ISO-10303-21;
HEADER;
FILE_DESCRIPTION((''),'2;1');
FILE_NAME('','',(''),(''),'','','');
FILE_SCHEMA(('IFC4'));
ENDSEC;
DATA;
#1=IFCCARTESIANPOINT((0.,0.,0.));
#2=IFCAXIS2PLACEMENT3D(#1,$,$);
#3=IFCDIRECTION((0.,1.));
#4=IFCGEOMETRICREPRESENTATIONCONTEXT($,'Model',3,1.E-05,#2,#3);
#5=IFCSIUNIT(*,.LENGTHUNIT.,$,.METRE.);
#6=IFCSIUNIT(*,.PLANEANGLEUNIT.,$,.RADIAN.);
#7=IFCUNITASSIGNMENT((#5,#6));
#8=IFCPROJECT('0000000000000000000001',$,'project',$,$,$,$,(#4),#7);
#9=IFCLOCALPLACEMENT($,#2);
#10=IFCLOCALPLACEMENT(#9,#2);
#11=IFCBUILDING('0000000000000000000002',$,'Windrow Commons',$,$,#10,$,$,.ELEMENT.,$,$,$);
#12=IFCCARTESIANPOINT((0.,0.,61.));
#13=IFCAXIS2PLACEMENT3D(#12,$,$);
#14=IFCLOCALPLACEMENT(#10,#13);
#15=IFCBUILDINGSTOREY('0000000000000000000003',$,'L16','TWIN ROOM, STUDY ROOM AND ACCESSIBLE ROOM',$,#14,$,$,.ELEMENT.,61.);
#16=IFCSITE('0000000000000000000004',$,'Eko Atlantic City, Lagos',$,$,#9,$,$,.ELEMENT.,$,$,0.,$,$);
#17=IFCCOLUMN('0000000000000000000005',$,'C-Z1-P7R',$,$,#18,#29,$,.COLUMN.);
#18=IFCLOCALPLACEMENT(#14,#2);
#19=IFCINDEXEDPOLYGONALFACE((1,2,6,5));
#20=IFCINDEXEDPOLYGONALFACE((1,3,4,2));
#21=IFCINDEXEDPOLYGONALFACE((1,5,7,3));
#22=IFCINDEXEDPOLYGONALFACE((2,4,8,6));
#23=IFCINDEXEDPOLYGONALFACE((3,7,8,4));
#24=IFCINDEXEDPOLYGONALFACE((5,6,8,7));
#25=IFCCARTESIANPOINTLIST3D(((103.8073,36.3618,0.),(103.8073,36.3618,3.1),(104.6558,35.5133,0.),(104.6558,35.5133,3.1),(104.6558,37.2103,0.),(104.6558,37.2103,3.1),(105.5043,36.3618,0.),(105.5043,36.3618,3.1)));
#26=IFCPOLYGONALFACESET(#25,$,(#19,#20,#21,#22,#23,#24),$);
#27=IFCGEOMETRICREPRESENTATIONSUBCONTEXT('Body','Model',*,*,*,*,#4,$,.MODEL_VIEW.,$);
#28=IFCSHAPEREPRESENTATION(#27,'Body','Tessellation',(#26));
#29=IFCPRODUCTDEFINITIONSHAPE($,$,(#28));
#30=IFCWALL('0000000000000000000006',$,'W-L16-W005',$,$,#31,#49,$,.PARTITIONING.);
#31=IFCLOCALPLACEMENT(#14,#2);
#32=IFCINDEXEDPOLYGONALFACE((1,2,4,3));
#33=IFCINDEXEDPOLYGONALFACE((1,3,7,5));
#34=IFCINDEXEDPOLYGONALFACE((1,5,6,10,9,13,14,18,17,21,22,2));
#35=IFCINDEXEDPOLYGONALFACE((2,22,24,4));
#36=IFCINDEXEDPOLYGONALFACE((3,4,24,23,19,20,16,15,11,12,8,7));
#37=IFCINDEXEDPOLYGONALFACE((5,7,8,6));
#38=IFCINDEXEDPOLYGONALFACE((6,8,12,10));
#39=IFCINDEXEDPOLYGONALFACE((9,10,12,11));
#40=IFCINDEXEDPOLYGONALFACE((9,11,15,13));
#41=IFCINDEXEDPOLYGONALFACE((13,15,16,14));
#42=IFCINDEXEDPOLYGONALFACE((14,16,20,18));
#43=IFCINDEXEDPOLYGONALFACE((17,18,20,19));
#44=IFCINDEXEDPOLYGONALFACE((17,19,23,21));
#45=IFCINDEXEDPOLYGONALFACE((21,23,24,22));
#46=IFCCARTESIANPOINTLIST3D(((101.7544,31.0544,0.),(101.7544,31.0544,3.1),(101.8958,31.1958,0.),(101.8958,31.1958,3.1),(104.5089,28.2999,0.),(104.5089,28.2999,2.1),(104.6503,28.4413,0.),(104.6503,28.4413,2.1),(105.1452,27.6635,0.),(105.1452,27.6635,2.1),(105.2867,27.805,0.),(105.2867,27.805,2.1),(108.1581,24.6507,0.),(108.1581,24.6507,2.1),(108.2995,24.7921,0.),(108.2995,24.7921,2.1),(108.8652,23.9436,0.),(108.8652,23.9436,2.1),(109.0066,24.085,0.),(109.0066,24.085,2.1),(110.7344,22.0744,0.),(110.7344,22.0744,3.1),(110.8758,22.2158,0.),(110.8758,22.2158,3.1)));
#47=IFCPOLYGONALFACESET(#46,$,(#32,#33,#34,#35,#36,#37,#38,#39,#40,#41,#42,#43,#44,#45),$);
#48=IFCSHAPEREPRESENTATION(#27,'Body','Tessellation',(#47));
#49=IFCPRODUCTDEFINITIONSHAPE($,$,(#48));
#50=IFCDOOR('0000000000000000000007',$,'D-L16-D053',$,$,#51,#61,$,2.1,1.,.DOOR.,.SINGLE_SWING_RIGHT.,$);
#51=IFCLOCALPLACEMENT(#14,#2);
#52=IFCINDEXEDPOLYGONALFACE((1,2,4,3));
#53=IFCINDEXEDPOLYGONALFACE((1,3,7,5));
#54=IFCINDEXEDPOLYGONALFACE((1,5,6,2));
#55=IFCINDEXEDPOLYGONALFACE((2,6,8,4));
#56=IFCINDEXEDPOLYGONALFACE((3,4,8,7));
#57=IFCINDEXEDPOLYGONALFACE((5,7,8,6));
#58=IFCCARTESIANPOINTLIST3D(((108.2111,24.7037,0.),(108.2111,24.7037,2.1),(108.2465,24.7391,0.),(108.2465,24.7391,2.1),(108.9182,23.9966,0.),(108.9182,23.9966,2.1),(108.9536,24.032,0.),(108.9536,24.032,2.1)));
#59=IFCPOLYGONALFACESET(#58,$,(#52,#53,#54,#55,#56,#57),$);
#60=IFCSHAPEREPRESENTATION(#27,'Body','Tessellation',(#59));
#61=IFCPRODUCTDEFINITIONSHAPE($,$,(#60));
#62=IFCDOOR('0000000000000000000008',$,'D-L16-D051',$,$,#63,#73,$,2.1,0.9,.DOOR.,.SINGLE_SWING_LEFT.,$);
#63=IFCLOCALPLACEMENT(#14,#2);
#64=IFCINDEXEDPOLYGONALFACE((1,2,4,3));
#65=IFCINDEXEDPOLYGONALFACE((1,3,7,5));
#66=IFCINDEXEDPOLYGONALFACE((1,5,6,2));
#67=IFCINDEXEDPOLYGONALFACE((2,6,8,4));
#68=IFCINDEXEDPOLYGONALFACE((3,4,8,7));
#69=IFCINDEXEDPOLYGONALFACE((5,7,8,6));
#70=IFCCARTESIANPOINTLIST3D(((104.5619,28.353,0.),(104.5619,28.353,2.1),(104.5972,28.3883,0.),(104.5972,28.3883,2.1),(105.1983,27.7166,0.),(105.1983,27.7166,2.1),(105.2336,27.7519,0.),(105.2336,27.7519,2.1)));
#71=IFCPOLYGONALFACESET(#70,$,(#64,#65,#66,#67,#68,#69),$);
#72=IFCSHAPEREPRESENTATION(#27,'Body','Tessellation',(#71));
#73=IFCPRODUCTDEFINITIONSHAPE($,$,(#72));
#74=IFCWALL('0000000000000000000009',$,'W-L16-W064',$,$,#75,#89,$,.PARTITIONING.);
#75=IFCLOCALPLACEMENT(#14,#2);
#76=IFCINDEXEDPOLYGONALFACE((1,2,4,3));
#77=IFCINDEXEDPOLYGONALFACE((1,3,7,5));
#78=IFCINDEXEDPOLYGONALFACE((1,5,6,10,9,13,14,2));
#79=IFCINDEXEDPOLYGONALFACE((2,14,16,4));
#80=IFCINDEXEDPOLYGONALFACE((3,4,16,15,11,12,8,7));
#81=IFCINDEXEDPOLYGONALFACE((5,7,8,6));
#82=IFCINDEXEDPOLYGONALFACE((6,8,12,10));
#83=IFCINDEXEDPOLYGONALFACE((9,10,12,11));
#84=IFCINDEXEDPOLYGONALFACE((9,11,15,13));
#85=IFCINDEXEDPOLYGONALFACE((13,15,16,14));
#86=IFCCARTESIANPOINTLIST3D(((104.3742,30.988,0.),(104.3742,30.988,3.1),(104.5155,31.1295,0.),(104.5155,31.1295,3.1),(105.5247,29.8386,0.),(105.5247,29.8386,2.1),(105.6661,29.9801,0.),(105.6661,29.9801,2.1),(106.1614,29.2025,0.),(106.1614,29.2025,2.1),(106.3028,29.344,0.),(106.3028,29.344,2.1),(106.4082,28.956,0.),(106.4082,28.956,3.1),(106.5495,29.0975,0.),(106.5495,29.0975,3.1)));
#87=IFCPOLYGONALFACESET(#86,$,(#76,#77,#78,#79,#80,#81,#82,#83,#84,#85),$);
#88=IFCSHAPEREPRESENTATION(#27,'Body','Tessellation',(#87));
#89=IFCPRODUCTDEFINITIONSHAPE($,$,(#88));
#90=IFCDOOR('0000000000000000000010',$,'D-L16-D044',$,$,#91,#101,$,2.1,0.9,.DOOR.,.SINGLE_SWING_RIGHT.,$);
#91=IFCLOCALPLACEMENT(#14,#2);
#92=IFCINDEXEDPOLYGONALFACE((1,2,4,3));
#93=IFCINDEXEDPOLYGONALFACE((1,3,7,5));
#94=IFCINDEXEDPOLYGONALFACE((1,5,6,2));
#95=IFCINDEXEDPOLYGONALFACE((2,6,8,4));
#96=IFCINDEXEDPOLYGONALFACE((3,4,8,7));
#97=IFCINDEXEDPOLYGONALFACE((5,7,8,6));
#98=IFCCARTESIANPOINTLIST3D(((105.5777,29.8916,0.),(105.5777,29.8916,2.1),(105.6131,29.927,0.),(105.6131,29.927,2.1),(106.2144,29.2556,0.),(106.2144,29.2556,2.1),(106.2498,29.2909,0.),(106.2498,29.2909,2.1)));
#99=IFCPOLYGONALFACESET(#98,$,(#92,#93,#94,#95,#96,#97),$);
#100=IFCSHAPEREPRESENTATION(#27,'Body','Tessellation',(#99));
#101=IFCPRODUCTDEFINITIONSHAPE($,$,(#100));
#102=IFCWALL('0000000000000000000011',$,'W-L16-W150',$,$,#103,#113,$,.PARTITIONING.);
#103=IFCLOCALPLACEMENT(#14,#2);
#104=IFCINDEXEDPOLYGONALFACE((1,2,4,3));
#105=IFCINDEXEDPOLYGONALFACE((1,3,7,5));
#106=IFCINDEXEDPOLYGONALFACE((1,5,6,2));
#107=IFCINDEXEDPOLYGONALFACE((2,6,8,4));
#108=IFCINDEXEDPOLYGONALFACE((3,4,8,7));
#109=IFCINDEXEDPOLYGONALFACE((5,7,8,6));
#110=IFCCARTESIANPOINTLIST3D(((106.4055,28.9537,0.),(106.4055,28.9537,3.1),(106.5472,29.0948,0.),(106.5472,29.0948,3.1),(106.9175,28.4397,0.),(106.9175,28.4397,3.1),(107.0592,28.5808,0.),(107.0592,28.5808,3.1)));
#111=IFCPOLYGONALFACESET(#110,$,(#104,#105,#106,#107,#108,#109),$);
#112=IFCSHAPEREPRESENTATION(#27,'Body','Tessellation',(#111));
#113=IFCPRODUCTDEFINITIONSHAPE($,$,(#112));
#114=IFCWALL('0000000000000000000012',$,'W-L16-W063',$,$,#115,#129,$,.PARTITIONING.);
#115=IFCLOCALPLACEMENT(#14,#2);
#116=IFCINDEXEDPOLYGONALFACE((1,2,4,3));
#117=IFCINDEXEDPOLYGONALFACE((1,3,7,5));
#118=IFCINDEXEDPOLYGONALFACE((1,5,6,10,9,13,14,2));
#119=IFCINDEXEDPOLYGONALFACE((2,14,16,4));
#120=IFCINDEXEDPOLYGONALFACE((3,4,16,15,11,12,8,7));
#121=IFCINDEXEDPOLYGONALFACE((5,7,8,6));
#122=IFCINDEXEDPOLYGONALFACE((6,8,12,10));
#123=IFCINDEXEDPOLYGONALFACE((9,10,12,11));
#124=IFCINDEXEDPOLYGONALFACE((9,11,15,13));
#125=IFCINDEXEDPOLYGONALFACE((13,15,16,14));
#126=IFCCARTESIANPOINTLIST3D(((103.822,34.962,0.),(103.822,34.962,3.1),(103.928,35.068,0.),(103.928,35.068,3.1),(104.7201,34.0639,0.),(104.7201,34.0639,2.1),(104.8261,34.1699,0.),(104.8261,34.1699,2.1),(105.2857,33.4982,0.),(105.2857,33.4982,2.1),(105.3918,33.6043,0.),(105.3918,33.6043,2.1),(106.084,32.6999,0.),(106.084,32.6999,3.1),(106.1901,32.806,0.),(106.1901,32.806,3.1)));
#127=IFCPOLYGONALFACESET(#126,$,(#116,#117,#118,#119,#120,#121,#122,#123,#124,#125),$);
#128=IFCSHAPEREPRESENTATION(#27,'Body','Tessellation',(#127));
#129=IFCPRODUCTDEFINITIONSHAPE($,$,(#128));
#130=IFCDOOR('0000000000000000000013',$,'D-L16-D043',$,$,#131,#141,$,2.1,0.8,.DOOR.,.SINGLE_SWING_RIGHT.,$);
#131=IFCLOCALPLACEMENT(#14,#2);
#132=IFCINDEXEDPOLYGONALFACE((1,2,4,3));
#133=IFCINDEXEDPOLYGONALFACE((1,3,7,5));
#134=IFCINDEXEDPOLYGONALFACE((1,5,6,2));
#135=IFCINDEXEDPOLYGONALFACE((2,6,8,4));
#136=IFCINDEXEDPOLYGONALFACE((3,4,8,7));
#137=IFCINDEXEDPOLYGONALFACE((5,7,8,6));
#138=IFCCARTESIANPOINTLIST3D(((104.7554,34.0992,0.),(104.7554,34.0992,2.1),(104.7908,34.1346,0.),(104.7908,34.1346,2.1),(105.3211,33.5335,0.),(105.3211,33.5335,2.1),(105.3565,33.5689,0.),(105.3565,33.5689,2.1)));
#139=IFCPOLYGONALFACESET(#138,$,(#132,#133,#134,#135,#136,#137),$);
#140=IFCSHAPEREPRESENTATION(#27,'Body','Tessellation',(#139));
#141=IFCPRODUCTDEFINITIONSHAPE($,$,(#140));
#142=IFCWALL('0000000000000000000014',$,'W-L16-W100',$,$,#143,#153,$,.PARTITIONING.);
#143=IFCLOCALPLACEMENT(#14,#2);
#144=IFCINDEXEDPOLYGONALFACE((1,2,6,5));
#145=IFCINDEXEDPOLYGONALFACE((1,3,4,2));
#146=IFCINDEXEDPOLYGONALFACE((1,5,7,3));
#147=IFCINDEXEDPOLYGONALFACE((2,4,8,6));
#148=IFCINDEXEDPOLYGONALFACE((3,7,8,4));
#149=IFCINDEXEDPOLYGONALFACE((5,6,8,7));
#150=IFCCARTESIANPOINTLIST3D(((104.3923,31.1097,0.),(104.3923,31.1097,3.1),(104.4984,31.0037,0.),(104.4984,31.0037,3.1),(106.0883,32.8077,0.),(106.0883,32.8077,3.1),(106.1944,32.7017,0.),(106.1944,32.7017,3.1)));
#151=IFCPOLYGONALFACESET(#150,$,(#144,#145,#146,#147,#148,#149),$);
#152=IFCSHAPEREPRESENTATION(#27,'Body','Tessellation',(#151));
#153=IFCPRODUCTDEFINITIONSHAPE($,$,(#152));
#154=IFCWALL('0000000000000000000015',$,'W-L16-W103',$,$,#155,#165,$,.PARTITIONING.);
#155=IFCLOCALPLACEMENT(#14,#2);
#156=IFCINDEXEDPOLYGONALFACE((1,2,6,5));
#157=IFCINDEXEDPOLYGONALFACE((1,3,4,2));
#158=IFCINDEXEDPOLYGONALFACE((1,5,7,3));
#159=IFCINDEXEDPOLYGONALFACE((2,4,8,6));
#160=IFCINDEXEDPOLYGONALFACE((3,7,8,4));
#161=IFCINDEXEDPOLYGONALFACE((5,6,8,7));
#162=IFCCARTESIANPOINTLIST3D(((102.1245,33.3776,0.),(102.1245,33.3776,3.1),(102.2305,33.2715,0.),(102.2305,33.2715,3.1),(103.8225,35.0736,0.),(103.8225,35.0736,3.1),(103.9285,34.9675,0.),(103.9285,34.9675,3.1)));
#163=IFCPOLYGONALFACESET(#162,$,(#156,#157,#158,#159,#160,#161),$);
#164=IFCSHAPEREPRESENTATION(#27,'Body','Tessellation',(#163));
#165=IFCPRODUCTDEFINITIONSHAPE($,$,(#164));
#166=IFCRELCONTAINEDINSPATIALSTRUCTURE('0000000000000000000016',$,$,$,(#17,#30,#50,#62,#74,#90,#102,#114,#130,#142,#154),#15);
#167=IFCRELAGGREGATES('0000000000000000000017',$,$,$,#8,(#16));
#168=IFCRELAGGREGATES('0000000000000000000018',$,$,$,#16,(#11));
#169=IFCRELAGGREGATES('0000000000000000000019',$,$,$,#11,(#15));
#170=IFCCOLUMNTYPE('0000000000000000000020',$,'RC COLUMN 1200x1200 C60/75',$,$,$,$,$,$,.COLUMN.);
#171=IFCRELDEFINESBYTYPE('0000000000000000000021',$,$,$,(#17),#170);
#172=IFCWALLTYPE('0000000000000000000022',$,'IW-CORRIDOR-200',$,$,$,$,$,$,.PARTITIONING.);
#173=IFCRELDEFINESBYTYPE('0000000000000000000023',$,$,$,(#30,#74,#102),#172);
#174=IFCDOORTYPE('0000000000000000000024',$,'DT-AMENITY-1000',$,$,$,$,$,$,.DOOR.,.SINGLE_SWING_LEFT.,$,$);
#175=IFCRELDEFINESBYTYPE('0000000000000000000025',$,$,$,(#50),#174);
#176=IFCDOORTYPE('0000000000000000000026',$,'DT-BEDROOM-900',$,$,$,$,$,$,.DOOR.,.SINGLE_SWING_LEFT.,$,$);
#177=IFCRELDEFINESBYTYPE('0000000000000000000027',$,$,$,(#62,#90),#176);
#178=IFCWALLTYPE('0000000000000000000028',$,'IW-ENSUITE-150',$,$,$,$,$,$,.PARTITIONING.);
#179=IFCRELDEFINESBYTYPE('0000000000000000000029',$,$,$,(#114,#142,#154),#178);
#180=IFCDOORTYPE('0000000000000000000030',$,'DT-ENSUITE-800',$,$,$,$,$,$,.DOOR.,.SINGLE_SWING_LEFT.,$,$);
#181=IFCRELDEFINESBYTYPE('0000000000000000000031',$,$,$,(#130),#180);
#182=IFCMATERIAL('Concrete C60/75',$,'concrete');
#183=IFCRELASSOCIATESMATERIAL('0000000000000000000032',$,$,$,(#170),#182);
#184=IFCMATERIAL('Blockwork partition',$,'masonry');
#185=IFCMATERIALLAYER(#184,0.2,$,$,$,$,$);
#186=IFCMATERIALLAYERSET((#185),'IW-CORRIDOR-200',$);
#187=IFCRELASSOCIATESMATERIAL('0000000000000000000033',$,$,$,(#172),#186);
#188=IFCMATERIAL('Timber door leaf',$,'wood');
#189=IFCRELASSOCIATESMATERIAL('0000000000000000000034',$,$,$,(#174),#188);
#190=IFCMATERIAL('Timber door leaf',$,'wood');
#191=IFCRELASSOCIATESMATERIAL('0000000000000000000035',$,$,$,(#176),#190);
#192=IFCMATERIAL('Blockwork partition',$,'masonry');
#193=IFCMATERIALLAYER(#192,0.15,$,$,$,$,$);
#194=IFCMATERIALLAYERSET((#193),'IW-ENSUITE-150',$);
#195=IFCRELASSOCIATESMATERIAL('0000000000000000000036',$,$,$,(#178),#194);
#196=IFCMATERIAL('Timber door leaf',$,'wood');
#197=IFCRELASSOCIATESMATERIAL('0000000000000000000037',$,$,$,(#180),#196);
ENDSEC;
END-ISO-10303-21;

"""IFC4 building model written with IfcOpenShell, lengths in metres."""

from ifc_helpers import new_model, si_unit, direction, frame, frame_2d, origin, origin_2d, place, context, subcontext, project, spatial, rectangle, extrude, material, layer, layer_set, material_profile, profile_set, type_object, element, fill, save


model = new_model("IFC4")

# Units and contexts
model_context = context("Model", 3, precision=1e-05, world=origin(), true_north=direction((0.0, 1.0)))
body_context = subcontext(model_context, "Body", "Model", "MODEL_VIEW")
ifc_project = project(units=[si_unit("LENGTHUNIT", "METRE"), si_unit("PLANEANGLEUNIT", "RADIAN")], contexts=[model_context])

# Site, building, storey
site_placement = place(None, origin())
site = spatial("IfcSite", under=ifc_project, at=site_placement, Name="Eko Atlantic City, Lagos", CompositionType="ELEMENT", RefElevation=0.0)
building_placement = place(site_placement, origin())
building = spatial("IfcBuilding", under=site, at=building_placement, Name="Windrow Commons", CompositionType="ELEMENT")
storey_placement = place(building_placement, frame((0.0, 0.0, 61.0)))
storey = spatial("IfcBuildingStorey", under=building, at=storey_placement, Name="L16", Description="TWIN ROOM, STUDY ROOM AND ACCESSIBLE ROOM", CompositionType="ELEMENT", Elevation=61.0)

# Column
ifc_material_1 = material(Name="Concrete C60/75", Category="concrete")
ifc_material_profile = material_profile(ifc_material_1, rectangle(XDim=1.2, YDim=1.2, at=origin_2d()))
ifc_profile_set = profile_set([ifc_material_profile], Name="Concrete C60/75")
column_type = type_object("IfcColumnType", Name="RC COLUMN 1200x1200 C60/75", PredefinedType="COLUMN", material=ifc_profile_set)
column_placement = place(storey_placement, frame((104.6558, 36.3618, 0.0), z_axis=(0.0, 0.0, 1.0), x_axis=(0.707107, -0.707107, 0.0)))
element("IfcColumn", 1, at=column_placement, inside=storey, type_object=column_type, Name="C-Z1-P7R", PredefinedType="COLUMN", context=body_context, shape_type="SweptSolid", body=[
    extrude(rectangle(XDim=1.2, YDim=1.2, at=origin_2d()), origin(), (0.0, 0.0, 1.0), 3.1),
])

# Wall, openings, doors
ifc_material_2 = material(Name="Blockwork partition", Category="masonry")
ifc_layer_1 = layer(ifc_material_2, 0.2)
ifc_layer_set_1 = layer_set([ifc_layer_1], Name="IW-CORRIDOR-200")
wall_type_1 = type_object("IfcWallType", Name="IW-CORRIDOR-200", PredefinedType="PARTITIONING", material=ifc_layer_set_1)
wall_1_placement = place(storey_placement, frame((101.8251, 31.1251, 0.0), z_axis=(0.0, 0.0, 1.0), x_axis=(0.707107, -0.707107, 0.0)))
wall_1 = element("IfcWall", 2, at=wall_1_placement, inside=storey, type_object=wall_type_1, Name="W-L16-W005", PredefinedType="PARTITIONING", context=body_context, shape_type="SweptSolid", body=[
    extrude(rectangle(XDim=12.6996, YDim=0.2, at=frame_2d((6.3498, 0.0))), origin(), (0.0, 0.0, 1.0), 3.1),
])
opening_1_placement = place(wall_1_placement, frame((3.8954, 0.0, 0.0)))
opening_1 = element("IfcOpeningElement", 3, at=opening_1_placement, cuts=wall_1, PredefinedType="OPENING", context=body_context, shape_type="SweptSolid", body=[
    extrude(rectangle(XDim=0.9, YDim=2.1, at=frame_2d((0.45, 1.05))), frame((0.0, 0.11, 0.0), z_axis=(0.0, -1.0, 0.0), x_axis=(1.0, 0.0, 0.0)), (0.0, 0.0, 1.0), 0.22),
])
opening_2_placement = place(wall_1_placement, frame((9.0562, 0.0, 0.0)))
opening_2 = element("IfcOpeningElement", 4, at=opening_2_placement, cuts=wall_1, PredefinedType="OPENING", context=body_context, shape_type="SweptSolid", body=[
    extrude(rectangle(XDim=1.0, YDim=2.1, at=frame_2d((0.5, 1.05))), frame((0.0, 0.11, 0.0), z_axis=(0.0, -1.0, 0.0), x_axis=(1.0, 0.0, 0.0)), (0.0, 0.0, 1.0), 0.22),
])
ifc_material_3 = material(Name="Timber door leaf", Category="wood")
door_type_1 = type_object("IfcDoorType", Name="DT-AMENITY-1000", OperationType="SINGLE_SWING_LEFT", PredefinedType="DOOR", material=ifc_material_3)
door_1_placement = place(opening_2_placement, origin())
door_1 = element("IfcDoor", 5, at=door_1_placement, inside=storey, type_object=door_type_1, Name="D-L16-D053", OperationType="SINGLE_SWING_RIGHT", OverallHeight=2.1, OverallWidth=1.0, PredefinedType="DOOR", context=body_context, shape_type="SweptSolid", body=[
    extrude(rectangle(XDim=1.0, YDim=2.1, at=frame_2d((0.5, 1.05))), frame((0.0, 0.025, 0.0), z_axis=(0.0, -1.0, 0.0), x_axis=(1.0, 0.0, 0.0)), (0.0, 0.0, 1.0), 0.05),
])
fill(opening_2, door_1)
ifc_material_4 = material(Name="Timber door leaf", Category="wood")
door_type_2 = type_object("IfcDoorType", Name="DT-BEDROOM-900", OperationType="SINGLE_SWING_LEFT", PredefinedType="DOOR", material=ifc_material_4)
door_2_placement = place(opening_1_placement, origin())
door_2 = element("IfcDoor", 6, at=door_2_placement, inside=storey, type_object=door_type_2, Name="D-L16-D051", OperationType="SINGLE_SWING_LEFT", OverallHeight=2.1, OverallWidth=0.9, PredefinedType="DOOR", context=body_context, shape_type="SweptSolid", body=[
    extrude(rectangle(XDim=0.9, YDim=2.1, at=frame_2d((0.45, 1.05))), frame((0.0, 0.025, 0.0), z_axis=(0.0, -1.0, 0.0), x_axis=(1.0, 0.0, 0.0)), (0.0, 0.0, 1.0), 0.05),
])
fill(opening_1, door_2)

# Wall, opening, door
wall_2_placement = place(storey_placement, frame((104.4448, 31.0588, 0.0), z_axis=(0.0, 0.0, 1.0), x_axis=(0.707455, -0.706759, 0.0)))
wall_2 = element("IfcWall", 7, at=wall_2_placement, inside=storey, type_object=wall_type_1, Name="W-L16-W064", PredefinedType="PARTITIONING", context=body_context, shape_type="SweptSolid", body=[
    extrude(rectangle(XDim=2.8751, YDim=0.2, at=frame_2d((1.4376, 0.0))), origin(), (0.0, 0.0, 1.0), 3.1),
])
opening_3_placement = place(wall_2_placement, frame((1.6264, 0.0, 0.0)))
opening_3 = element("IfcOpeningElement", 8, at=opening_3_placement, cuts=wall_2, PredefinedType="OPENING", context=body_context, shape_type="SweptSolid", body=[
    extrude(rectangle(XDim=0.9, YDim=2.1, at=frame_2d((0.45, 1.05))), frame((0.0, 0.11, 0.0), z_axis=(0.0, -1.0, 0.0), x_axis=(1.0, 0.0, 0.0)), (0.0, 0.0, 1.0), 0.22),
])
door_3_placement = place(opening_3_placement, origin())
door_3 = element("IfcDoor", 9, at=door_3_placement, inside=storey, type_object=door_type_2, Name="D-L16-D044", OperationType="SINGLE_SWING_RIGHT", OverallHeight=2.1, OverallWidth=0.9, PredefinedType="DOOR", context=body_context, shape_type="SweptSolid", body=[
    extrude(rectangle(XDim=0.9, YDim=2.1, at=frame_2d((0.45, 1.05))), frame((0.0, 0.025, 0.0), z_axis=(0.0, -1.0, 0.0), x_axis=(1.0, 0.0, 0.0)), (0.0, 0.0, 1.0), 0.05),
])
fill(opening_3, door_3)

# Wall
wall_3_placement = place(storey_placement, frame((106.4763, 29.0243, 0.0), z_axis=(0.0, 0.0, 1.0), x_axis=(0.705727, -0.708484, 0.0)))
element("IfcWall", 10, at=wall_3_placement, inside=storey, type_object=wall_type_1, Name="W-L16-W150", PredefinedType="PARTITIONING", context=body_context, shape_type="SweptSolid", body=[
    extrude(rectangle(XDim=0.7255, YDim=0.2, at=frame_2d((0.3628, 0.0))), origin(), (0.0, 0.0, 1.0), 3.1),
])

# Wall, opening, door
ifc_material_5 = material(Name="Blockwork partition", Category="masonry")
ifc_layer_2 = layer(ifc_material_5, 0.15)
ifc_layer_set_2 = layer_set([ifc_layer_2], Name="IW-ENSUITE-150")
wall_type_2 = type_object("IfcWallType", Name="IW-ENSUITE-150", PredefinedType="PARTITIONING", material=ifc_layer_set_2)
wall_4_placement = place(storey_placement, frame((103.875, 35.015, 0.0), z_axis=(0.0, 0.0, 1.0), x_axis=(0.707107, -0.707107, 0.0)))
wall_4 = element("IfcWall", 11, at=wall_4_placement, inside=storey, type_object=wall_type_2, Name="W-L16-W063", PredefinedType="PARTITIONING", context=body_context, shape_type="SweptSolid", body=[
    extrude(rectangle(XDim=3.199, YDim=0.15, at=frame_2d((1.5995, 0.0))), origin(), (0.0, 0.0, 1.0), 3.1),
])
opening_4_placement = place(wall_4_placement, frame((1.2701, 0.0, 0.0)))
opening_4 = element("IfcOpeningElement", 12, at=opening_4_placement, cuts=wall_4, PredefinedType="OPENING", context=body_context, shape_type="SweptSolid", body=[
    extrude(rectangle(XDim=0.8, YDim=2.1, at=frame_2d((0.4, 1.05))), frame((0.0, 0.085, 0.0), z_axis=(0.0, -1.0, 0.0), x_axis=(1.0, 0.0, 0.0)), (0.0, 0.0, 1.0), 0.17),
])
ifc_material_6 = material(Name="Timber door leaf", Category="wood")
door_type_3 = type_object("IfcDoorType", Name="DT-ENSUITE-800", OperationType="SINGLE_SWING_LEFT", PredefinedType="DOOR", material=ifc_material_6)
door_4_placement = place(opening_4_placement, origin())
door_4 = element("IfcDoor", 13, at=door_4_placement, inside=storey, type_object=door_type_3, Name="D-L16-D043", OperationType="SINGLE_SWING_RIGHT", OverallHeight=2.1, OverallWidth=0.8, PredefinedType="DOOR", context=body_context, shape_type="SweptSolid", body=[
    extrude(rectangle(XDim=0.8, YDim=2.1, at=frame_2d((0.4, 1.05))), frame((0.0, 0.025, 0.0), z_axis=(0.0, -1.0, 0.0), x_axis=(1.0, 0.0, 0.0)), (0.0, 0.0, 1.0), 0.05),
])
fill(opening_4, door_4)

# Walls
for number, where, z_axis, x_axis, name in (
    (14, (104.4453, 31.0567, 0.0), (0.0, 0.0, 1.0), (0.70669, 0.707523, 0.0), "W-L16-W100"),
    (15, (102.1775, 33.3245, 0.0), (0.0, 0.0, 1.0), (0.707523, 0.70669, 0.0), "W-L16-W103"),
):
    element("IfcWall", number, at=place(storey_placement, frame(where, z_axis=z_axis, x_axis=x_axis)), inside=storey, type_object=wall_type_2, Name=name, PredefinedType="PARTITIONING", context=body_context, shape_type="SweptSolid", body=[
        extrude(rectangle(XDim=2.3999, YDim=0.15, at=frame_2d((1.2, 0.0))), origin(), (0.0, 0.0, 1.0), 3.1),
    ])

save(model, "model.ifc")
